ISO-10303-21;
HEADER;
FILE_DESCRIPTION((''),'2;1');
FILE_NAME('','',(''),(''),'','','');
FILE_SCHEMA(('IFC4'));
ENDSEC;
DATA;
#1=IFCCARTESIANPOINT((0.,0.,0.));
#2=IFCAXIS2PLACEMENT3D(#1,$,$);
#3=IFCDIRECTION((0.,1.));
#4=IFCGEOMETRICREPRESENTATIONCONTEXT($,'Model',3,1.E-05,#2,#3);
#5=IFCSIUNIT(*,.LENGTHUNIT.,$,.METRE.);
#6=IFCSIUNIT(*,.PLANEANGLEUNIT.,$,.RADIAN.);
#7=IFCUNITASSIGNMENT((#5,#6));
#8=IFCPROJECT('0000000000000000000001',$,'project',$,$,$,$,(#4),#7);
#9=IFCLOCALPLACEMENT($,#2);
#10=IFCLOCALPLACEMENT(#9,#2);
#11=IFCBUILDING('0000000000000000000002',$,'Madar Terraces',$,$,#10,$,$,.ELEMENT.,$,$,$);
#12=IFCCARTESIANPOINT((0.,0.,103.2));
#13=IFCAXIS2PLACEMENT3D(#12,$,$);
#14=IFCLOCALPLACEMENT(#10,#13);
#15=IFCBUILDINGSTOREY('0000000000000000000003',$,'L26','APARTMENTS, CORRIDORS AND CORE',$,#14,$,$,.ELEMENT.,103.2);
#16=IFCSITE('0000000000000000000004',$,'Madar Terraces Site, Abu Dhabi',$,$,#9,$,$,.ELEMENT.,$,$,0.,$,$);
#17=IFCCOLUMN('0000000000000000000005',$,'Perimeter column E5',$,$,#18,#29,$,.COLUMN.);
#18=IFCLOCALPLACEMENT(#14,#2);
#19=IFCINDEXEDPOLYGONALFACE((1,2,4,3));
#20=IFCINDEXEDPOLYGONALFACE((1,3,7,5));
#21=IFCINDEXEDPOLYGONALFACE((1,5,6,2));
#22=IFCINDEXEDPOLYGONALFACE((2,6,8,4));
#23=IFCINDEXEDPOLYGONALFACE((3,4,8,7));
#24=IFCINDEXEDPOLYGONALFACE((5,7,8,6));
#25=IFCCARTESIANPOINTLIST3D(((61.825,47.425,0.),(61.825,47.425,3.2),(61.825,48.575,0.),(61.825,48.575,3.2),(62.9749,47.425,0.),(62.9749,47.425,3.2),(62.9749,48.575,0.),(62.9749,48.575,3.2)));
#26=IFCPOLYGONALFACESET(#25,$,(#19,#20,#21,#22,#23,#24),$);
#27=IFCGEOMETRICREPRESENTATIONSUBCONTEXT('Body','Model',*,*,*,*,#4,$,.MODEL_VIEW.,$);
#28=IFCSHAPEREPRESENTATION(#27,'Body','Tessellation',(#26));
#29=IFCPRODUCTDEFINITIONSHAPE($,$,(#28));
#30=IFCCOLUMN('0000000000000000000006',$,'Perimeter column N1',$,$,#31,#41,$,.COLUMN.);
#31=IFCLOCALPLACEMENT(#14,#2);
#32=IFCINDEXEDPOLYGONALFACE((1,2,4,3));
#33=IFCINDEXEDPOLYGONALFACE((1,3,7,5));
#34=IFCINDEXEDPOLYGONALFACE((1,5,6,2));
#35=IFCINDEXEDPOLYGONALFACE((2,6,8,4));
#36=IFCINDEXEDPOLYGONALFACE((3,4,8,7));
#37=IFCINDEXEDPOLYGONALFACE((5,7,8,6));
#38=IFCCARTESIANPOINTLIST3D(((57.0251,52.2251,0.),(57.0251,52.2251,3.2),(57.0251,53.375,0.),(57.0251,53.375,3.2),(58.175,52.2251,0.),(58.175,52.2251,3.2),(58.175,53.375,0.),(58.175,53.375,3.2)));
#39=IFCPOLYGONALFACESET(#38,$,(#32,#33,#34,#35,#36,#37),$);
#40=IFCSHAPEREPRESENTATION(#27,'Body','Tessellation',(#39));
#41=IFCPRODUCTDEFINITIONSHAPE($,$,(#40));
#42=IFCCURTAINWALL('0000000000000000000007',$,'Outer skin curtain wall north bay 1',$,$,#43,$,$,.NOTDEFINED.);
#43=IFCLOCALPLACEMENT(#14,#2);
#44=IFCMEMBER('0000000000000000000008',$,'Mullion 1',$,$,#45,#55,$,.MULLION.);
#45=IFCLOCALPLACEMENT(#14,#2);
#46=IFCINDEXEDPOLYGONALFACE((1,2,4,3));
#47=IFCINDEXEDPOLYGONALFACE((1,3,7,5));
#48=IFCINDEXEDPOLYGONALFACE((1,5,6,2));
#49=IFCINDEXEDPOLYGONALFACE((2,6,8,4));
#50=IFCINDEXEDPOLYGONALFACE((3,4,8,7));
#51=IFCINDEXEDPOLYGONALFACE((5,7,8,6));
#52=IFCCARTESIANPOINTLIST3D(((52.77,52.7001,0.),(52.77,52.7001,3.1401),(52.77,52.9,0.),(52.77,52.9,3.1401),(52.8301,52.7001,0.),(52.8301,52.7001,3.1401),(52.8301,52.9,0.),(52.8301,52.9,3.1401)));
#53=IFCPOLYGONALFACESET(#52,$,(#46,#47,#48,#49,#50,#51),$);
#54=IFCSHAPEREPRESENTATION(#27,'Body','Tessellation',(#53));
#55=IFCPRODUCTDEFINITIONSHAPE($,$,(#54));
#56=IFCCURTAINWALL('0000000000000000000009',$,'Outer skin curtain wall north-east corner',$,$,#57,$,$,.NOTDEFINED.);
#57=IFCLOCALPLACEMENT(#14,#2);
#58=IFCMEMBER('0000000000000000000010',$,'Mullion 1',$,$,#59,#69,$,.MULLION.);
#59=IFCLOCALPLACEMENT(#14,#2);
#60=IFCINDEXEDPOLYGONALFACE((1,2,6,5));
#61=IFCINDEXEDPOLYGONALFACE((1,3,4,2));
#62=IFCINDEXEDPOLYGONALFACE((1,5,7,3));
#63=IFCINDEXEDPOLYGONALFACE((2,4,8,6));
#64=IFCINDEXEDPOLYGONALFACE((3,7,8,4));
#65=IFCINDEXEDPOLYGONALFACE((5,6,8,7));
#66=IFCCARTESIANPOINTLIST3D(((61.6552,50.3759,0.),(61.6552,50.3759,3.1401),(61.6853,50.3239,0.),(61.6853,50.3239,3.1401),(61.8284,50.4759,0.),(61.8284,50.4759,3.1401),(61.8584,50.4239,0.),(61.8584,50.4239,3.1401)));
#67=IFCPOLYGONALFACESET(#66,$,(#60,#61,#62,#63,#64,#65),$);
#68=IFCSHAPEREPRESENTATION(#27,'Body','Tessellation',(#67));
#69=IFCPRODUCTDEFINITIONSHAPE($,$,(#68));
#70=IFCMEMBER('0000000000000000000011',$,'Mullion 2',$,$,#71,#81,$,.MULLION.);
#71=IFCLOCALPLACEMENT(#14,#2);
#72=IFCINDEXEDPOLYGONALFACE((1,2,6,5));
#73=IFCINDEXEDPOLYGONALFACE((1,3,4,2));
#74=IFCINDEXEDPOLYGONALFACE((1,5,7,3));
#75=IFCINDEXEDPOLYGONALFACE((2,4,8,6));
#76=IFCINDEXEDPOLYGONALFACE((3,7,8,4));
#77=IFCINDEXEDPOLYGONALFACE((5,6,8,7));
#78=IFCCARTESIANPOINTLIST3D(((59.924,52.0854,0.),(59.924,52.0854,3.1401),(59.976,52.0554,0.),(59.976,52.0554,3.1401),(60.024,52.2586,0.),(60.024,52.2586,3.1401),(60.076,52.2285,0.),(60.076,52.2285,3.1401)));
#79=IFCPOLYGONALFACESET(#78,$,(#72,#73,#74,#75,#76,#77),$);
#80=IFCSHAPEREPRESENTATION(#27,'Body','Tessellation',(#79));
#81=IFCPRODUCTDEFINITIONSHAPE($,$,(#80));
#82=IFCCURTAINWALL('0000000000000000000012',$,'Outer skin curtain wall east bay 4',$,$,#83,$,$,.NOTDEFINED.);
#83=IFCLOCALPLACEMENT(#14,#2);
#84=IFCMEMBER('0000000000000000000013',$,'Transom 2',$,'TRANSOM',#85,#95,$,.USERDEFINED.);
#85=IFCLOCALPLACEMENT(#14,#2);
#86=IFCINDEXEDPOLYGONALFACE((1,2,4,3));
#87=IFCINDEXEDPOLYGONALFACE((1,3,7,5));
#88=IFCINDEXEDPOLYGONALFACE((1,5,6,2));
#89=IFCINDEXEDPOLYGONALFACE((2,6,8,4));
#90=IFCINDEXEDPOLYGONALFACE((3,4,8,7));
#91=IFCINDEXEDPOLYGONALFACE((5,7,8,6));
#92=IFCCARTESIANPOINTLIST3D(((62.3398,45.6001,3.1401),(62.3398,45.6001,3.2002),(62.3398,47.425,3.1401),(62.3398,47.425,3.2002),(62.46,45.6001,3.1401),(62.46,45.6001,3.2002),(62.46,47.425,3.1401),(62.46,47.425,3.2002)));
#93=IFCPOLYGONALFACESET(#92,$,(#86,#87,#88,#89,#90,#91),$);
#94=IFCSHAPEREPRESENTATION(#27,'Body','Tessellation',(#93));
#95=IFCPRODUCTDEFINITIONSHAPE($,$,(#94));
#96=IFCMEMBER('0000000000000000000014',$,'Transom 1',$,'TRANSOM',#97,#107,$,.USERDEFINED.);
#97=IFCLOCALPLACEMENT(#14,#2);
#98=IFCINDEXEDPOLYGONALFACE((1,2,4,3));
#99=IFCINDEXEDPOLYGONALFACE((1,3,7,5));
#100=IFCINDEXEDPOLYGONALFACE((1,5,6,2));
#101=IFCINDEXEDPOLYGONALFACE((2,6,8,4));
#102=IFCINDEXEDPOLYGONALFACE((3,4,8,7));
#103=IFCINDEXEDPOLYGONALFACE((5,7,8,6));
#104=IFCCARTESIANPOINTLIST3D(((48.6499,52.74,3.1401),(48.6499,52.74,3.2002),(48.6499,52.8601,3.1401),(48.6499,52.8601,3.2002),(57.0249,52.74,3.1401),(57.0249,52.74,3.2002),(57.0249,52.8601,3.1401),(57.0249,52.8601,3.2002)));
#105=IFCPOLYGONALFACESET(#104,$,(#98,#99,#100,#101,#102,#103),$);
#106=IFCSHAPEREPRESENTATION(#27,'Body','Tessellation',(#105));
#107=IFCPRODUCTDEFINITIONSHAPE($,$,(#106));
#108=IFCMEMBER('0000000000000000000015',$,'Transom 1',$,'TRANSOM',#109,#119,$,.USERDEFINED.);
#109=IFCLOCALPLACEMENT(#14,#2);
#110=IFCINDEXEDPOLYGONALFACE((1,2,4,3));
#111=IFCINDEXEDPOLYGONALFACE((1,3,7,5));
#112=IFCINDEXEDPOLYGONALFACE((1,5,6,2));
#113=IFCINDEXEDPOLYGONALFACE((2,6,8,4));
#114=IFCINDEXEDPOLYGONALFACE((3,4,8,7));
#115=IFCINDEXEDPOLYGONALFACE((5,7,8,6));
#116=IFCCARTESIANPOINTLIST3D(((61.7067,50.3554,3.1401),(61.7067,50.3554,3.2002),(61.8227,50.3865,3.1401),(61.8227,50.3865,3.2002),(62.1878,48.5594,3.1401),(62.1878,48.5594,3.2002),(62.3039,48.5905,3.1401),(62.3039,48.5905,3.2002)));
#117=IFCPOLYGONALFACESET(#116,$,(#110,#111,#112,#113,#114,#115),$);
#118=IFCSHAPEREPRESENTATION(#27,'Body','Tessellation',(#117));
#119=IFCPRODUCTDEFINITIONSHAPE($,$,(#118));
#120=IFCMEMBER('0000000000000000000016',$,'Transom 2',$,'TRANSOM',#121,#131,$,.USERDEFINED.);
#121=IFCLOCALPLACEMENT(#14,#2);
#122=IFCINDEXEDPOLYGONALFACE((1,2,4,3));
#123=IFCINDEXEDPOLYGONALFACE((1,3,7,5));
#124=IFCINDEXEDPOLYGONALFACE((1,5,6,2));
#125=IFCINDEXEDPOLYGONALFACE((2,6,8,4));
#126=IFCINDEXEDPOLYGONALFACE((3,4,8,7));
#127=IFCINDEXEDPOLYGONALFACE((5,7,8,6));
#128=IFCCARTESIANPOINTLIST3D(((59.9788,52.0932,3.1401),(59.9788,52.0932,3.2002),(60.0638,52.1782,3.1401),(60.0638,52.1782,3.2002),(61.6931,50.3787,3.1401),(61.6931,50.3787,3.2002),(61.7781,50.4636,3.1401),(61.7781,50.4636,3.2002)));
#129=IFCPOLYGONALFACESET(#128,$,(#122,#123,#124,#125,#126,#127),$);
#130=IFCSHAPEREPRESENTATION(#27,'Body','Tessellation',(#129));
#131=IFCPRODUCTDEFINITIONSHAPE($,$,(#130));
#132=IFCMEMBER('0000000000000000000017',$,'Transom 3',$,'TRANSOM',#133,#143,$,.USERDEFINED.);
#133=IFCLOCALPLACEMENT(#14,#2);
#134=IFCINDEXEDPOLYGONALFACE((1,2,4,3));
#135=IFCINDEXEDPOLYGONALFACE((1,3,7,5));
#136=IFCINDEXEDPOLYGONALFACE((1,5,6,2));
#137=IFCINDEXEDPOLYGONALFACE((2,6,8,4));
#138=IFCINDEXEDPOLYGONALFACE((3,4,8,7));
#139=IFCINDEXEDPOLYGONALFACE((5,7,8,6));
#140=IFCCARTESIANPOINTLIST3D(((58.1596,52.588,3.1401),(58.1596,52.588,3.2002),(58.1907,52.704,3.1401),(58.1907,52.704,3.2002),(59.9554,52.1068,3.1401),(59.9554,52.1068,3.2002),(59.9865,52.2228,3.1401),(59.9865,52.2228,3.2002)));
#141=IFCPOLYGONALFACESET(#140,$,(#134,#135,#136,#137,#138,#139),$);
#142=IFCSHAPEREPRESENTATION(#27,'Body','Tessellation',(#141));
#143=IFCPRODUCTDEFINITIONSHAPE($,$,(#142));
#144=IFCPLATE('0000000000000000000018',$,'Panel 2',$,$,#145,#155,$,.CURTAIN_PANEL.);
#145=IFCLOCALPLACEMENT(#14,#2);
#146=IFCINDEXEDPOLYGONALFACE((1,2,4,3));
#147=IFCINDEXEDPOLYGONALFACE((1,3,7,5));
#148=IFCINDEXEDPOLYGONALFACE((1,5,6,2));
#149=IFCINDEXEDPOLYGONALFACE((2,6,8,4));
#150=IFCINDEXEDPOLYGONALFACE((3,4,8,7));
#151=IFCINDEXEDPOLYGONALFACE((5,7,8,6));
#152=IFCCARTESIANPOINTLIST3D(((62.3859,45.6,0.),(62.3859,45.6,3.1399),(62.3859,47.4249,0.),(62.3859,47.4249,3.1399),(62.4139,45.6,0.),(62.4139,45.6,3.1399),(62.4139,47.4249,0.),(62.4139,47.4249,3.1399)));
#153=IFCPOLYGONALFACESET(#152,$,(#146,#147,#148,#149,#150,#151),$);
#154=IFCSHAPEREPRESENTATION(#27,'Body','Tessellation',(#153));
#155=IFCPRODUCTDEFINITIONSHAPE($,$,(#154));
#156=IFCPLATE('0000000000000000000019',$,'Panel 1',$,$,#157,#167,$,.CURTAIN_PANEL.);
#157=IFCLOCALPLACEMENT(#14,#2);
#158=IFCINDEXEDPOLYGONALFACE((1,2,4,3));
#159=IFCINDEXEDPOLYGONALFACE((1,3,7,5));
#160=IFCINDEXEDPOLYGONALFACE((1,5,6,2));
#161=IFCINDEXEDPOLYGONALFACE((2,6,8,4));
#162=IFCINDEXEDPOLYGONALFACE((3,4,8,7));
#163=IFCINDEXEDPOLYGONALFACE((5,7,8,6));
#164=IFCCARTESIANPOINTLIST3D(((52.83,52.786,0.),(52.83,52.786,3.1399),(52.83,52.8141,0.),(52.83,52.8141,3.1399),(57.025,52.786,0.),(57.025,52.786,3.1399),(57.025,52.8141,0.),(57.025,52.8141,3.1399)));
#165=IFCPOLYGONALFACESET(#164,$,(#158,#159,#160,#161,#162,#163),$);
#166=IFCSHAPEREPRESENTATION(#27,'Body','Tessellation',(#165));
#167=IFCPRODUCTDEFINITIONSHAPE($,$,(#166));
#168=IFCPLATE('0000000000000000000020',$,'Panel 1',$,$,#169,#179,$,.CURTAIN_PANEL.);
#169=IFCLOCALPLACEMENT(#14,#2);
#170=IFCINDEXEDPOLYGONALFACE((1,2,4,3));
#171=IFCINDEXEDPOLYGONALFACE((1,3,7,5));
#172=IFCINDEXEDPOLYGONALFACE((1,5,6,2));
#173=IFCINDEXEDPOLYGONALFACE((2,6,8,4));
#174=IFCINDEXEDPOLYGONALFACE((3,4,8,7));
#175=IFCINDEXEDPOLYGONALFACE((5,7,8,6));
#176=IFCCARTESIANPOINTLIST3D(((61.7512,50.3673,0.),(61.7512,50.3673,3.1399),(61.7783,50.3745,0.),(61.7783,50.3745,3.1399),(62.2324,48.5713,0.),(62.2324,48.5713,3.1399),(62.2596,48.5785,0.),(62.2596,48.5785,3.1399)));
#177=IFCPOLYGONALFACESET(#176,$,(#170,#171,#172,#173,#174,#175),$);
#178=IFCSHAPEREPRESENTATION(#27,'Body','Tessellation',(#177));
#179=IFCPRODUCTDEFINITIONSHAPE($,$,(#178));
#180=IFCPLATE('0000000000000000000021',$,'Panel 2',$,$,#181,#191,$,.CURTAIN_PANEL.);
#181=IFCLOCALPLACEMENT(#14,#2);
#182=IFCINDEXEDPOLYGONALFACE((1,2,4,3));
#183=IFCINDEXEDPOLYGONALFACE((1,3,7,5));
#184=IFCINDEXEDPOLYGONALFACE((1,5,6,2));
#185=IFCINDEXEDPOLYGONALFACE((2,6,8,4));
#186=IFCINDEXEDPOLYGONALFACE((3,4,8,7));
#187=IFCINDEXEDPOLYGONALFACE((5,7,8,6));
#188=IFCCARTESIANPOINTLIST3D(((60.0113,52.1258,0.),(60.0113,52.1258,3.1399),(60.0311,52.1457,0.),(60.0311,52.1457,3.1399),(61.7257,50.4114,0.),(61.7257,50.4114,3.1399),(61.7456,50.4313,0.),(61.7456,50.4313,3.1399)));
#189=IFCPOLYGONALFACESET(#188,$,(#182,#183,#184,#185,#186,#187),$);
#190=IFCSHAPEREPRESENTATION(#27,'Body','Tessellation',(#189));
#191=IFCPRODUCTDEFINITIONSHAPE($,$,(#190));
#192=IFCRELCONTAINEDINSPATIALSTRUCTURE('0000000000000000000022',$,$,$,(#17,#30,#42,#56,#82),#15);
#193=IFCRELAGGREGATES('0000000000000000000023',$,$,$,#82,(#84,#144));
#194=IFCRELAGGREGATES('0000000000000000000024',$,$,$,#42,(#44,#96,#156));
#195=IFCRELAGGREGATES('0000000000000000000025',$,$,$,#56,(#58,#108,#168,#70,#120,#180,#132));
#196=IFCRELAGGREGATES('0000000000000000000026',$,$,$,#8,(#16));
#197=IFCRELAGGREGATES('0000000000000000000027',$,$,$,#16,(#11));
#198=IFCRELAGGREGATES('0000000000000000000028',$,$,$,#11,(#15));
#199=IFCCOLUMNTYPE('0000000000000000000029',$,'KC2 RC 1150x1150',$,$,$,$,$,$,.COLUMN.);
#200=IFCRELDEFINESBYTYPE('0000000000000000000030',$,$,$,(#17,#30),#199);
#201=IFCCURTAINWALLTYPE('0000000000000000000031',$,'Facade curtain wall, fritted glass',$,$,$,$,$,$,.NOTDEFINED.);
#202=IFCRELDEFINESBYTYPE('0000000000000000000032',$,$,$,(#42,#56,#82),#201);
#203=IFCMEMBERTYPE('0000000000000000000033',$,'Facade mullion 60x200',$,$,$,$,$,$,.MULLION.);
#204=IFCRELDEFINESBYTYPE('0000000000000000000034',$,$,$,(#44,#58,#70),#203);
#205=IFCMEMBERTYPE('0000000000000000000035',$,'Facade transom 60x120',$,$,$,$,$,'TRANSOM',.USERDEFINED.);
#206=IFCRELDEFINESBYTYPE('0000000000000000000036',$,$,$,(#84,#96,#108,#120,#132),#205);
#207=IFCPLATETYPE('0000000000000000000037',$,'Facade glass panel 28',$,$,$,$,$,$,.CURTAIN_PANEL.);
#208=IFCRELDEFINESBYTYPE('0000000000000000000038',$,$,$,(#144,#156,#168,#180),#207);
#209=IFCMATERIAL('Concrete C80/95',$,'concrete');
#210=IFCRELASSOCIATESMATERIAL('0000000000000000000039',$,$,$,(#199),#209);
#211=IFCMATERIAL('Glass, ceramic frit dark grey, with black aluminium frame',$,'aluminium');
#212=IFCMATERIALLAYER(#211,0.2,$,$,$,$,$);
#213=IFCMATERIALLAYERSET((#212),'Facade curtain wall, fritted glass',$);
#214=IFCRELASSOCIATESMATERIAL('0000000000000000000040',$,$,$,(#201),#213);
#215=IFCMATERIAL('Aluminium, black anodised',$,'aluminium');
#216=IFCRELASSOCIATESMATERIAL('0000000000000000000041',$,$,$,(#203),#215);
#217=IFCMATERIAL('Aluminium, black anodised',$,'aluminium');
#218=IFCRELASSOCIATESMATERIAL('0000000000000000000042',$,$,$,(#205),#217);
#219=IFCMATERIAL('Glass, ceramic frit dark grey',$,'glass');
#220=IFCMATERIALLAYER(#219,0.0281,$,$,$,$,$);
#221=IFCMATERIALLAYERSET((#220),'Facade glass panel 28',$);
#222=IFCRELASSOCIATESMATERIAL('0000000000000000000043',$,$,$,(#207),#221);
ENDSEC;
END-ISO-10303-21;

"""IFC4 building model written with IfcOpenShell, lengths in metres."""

from ifc_helpers import new_model, si_unit, direction, frame, origin, origin_2d, place, context, subcontext, project, spatial, rectangle, extrude, material, layer, layer_set, material_profile, profile_set, type_object, element, aggregate, save


model = new_model("IFC4")

# Units and contexts
model_context = context("Model", 3, precision=1e-05, world=origin(), true_north=direction((0.0, 1.0)))
body_context = subcontext(model_context, "Body", "Model", "MODEL_VIEW")
ifc_project = project(units=[si_unit("LENGTHUNIT", "METRE"), si_unit("PLANEANGLEUNIT", "RADIAN")], contexts=[model_context])

# Site, building, storey
site_placement = place(None, origin())
site = spatial("IfcSite", under=ifc_project, at=site_placement, Name="Madar Terraces Site, Abu Dhabi", CompositionType="ELEMENT", RefElevation=0.0)
building_placement = place(site_placement, origin())
building = spatial("IfcBuilding", under=site, at=building_placement, Name="Madar Terraces", CompositionType="ELEMENT")
storey_placement = place(building_placement, frame((0.0, 0.0, 103.2)))
storey = spatial("IfcBuildingStorey", under=building, at=storey_placement, Name="L26", Description="APARTMENTS, CORRIDORS AND CORE", CompositionType="ELEMENT", Elevation=103.2)

# Columns
ifc_material_1 = material(Name="Concrete C80/95", Category="concrete")
ifc_material_profile_1 = material_profile(ifc_material_1, rectangle(XDim=1.1499, YDim=1.1499, at=origin_2d()), Name="KC2 RC 1150x1150")
ifc_profile_set_1 = profile_set([ifc_material_profile_1], Name="Concrete C80/95")
column_type = type_object("IfcColumnType", Name="KC2 RC 1150x1150", PredefinedType="COLUMN", material=ifc_profile_set_1)
for number, where, z_axis, x_axis, name in (
    (1, (62.3999, 48.0, 0.0), (0.0, 0.0, 1.0), (1.0, 0.0, 0.0), "Perimeter column E5"),
    (2, (57.6001, 52.8, 0.0), (0.0, 0.0, 1.0), (1.0, 0.0, 0.0), "Perimeter column N1"),
):
    element("IfcColumn", number, at=place(storey_placement, frame(where, z_axis=z_axis, x_axis=x_axis)), inside=storey, type_object=column_type, Name=name, PredefinedType="COLUMN", context=body_context, shape_type="SweptSolid", body=[
        extrude(rectangle(XDim=1.1499, YDim=1.1499, at=origin_2d()), origin(), (0.0, 0.0, 1.0), 3.2),
    ])

# Curtain wall, member
ifc_material_2 = material(Name="Glass, ceramic frit dark grey, with black aluminium frame", Category="aluminium")
ifc_layer_1 = layer(ifc_material_2, 0.2)
ifc_layer_set_1 = layer_set([ifc_layer_1], Name="Facade curtain wall, fritted glass")
curtain_wall_type = type_object("IfcCurtainWallType", Name="Facade curtain wall, fritted glass", PredefinedType="NOTDEFINED", material=ifc_layer_set_1)
curtain_wall_1_placement = place(storey_placement, origin())
curtain_wall_1 = element("IfcCurtainWall", 3, at=curtain_wall_1_placement, inside=storey, type_object=curtain_wall_type, Name="Outer skin curtain wall north bay 1", PredefinedType="NOTDEFINED")
ifc_material_3 = material(Name="Aluminium, black anodised", Category="aluminium")
ifc_material_profile_2 = material_profile(ifc_material_3, rectangle(XDim=0.2, YDim=0.0601, at=origin_2d()), Name="Facade mullion 60x200")
ifc_profile_set_2 = profile_set([ifc_material_profile_2], Name="Aluminium, black anodised")
member_type_1 = type_object("IfcMemberType", Name="Facade mullion 60x200", PredefinedType="MULLION", material=ifc_profile_set_2)
member_1_placement = place(storey_placement, frame((52.8, 52.8, 0.0), z_axis=(0.0, 0.0, 1.0), x_axis=(0.0, -1.0, 0.0)))
member_1 = element("IfcMember", 4, at=member_1_placement, type_object=member_type_1, Name="Mullion 1", PredefinedType="MULLION", context=body_context, shape_type="SweptSolid", body=[
    extrude(rectangle(XDim=0.2, YDim=0.0601, at=origin_2d()), origin(), (0.0, 0.0, 1.0), 3.1401),
])

# Curtain wall, members
curtain_wall_2_placement = place(storey_placement, origin())
curtain_wall_2 = element("IfcCurtainWall", 5, at=curtain_wall_2_placement, inside=storey, type_object=curtain_wall_type, Name="Outer skin curtain wall north-east corner", PredefinedType="NOTDEFINED")
member_2_placement = place(storey_placement, frame((61.7568, 50.3999, 0.0), z_axis=(0.0, 0.0, 1.0), x_axis=(-0.866025, -0.5, 0.0)))
member_2 = element("IfcMember", 6, at=member_2_placement, type_object=member_type_1, Name="Mullion 1", PredefinedType="MULLION", context=body_context, shape_type="SweptSolid", body=[
    extrude(rectangle(XDim=0.2, YDim=0.0601, at=origin_2d()), origin(), (0.0, 0.0, 1.0), 3.1401),
])
member_3_placement = place(storey_placement, frame((60.0, 52.157, 0.0), z_axis=(0.0, 0.0, 1.0), x_axis=(-0.5, -0.866025, 0.0)))
member_3 = element("IfcMember", 7, at=member_3_placement, type_object=member_type_1, Name="Mullion 2", PredefinedType="MULLION", context=body_context, shape_type="SweptSolid", body=[
    extrude(rectangle(XDim=0.2, YDim=0.0601, at=origin_2d()), origin(), (0.0, 0.0, 1.0), 3.1401),
])

# Curtain wall, member
curtain_wall_3_placement = place(storey_placement, origin())
curtain_wall_3 = element("IfcCurtainWall", 8, at=curtain_wall_3_placement, inside=storey, type_object=curtain_wall_type, Name="Outer skin curtain wall east bay 4", PredefinedType="NOTDEFINED")
ifc_material_4 = material(Name="Aluminium, black anodised", Category="aluminium")
ifc_material_profile_3 = material_profile(ifc_material_4, rectangle(XDim=0.1201, YDim=0.0601, at=origin_2d()), Name="Facade transom 60x120")
ifc_profile_set_3 = profile_set([ifc_material_profile_3], Name="Aluminium, black anodised")
member_type_2 = type_object("IfcMemberType", Name="Facade transom 60x120", ElementType="TRANSOM", PredefinedType="USERDEFINED", material=ifc_profile_set_3)
member_4_placement = place(storey_placement, frame((62.3999, 45.6001, 3.1702), z_axis=(0.0, 1.0, 0.0), x_axis=(-1.0, 0.0, 0.0)))
member_4 = element("IfcMember", 9, at=member_4_placement, type_object=member_type_2, Name="Transom 2", ObjectType="TRANSOM", PredefinedType="USERDEFINED", context=body_context, shape_type="SweptSolid", body=[
    extrude(rectangle(XDim=0.1201, YDim=0.0601, at=origin_2d()), origin(), (0.0, 0.0, 1.0), 1.825),
])

# Members
member_5_placement = place(storey_placement, frame((57.0249, 52.8, 3.1702), z_axis=(-1.0, 0.0, 0.0), x_axis=(0.0, -1.0, 0.0)))
member_5 = element("IfcMember", 10, at=member_5_placement, type_object=member_type_2, Name="Transom 1", ObjectType="TRANSOM", PredefinedType="USERDEFINED", context=body_context, shape_type="SweptSolid", body=[
    extrude(rectangle(XDim=0.1201, YDim=0.0601, at=origin_2d()), origin(), (0.0, 0.0, 1.0), 8.375),
])
member_6_placement = place(storey_placement, frame((62.2458, 48.575, 3.1702), z_axis=(-0.258782, 0.965936, 0.0), x_axis=(-0.965936, -0.258782, 0.0)))
member_6 = element("IfcMember", 11, at=member_6_placement, type_object=member_type_2, Name="Transom 1", ObjectType="TRANSOM", PredefinedType="USERDEFINED", context=body_context, shape_type="SweptSolid", body=[
    extrude(rectangle(XDim=0.1201, YDim=0.0601, at=origin_2d()), origin(), (0.0, 0.0, 1.0), 1.8594),
])
member_7_placement = place(storey_placement, frame((61.7356, 50.4211, 3.1702), z_axis=(-0.707056, 0.707157, 0.0), x_axis=(-0.707157, -0.707056, 0.0)))
member_7 = element("IfcMember", 12, at=member_7_placement, type_object=member_type_2, Name="Transom 2", ObjectType="TRANSOM", PredefinedType="USERDEFINED", context=body_context, shape_type="SweptSolid", body=[
    extrude(rectangle(XDim=0.1201, YDim=0.0601, at=origin_2d()), origin(), (0.0, 0.0, 1.0), 2.4246),
])
member_8_placement = place(storey_placement, frame((59.9709, 52.1648, 3.1702), z_axis=(-0.965927, 0.258815, 0.0), x_axis=(-0.258815, -0.965927, 0.0)))
member_8 = element("IfcMember", 13, at=member_8_placement, type_object=member_type_2, Name="Transom 3", ObjectType="TRANSOM", PredefinedType="USERDEFINED", context=body_context, shape_type="SweptSolid", body=[
    extrude(rectangle(XDim=0.1201, YDim=0.0601, at=origin_2d()), origin(), (0.0, 0.0, 1.0), 1.8591),
])

# Plates
ifc_material_5 = material(Name="Glass, ceramic frit dark grey", Category="glass")
ifc_layer_2 = layer(ifc_material_5, 0.0281)
ifc_layer_set_2 = layer_set([ifc_layer_2], Name="Facade glass panel 28")
plate_type = type_object("IfcPlateType", Name="Facade glass panel 28", PredefinedType="CURTAIN_PANEL", material=ifc_layer_set_2)
plate_1_placement = place(storey_placement, frame((62.3999, 46.5125, 0.0), z_axis=(0.0, 0.0, 1.0), x_axis=(0.0, 1.0, 0.0)))
plate_1 = element("IfcPlate", 14, at=plate_1_placement, type_object=plate_type, Name="Panel 2", PredefinedType="CURTAIN_PANEL", context=body_context, shape_type="SweptSolid", body=[
    extrude(rectangle(XDim=1.825, YDim=0.0281, at=origin_2d()), origin(), (0.0, 0.0, 1.0), 3.1399),
])
aggregate(curtain_wall_3, [member_4, plate_1])
plate_2_placement = place(storey_placement, frame((54.9275, 52.8, 0.0), z_axis=(0.0, 0.0, 1.0), x_axis=(-1.0, 0.0, 0.0)))
plate_2 = element("IfcPlate", 15, at=plate_2_placement, type_object=plate_type, Name="Panel 1", PredefinedType="CURTAIN_PANEL", context=body_context, shape_type="SweptSolid", body=[
    extrude(rectangle(XDim=4.1951, YDim=0.0281, at=origin_2d()), origin(), (0.0, 0.0, 1.0), 3.1399),
])
aggregate(curtain_wall_1, [member_1, member_5, plate_2])
plate_3_placement = place(storey_placement, frame((62.0054, 49.4729, 0.0), z_axis=(0.0, 0.0, 1.0), x_axis=(-0.258819, 0.965926, 0.0)))
plate_3 = element("IfcPlate", 16, at=plate_3_placement, type_object=plate_type, Name="Panel 1", PredefinedType="CURTAIN_PANEL", context=body_context, shape_type="SweptSolid", body=[
    extrude(rectangle(XDim=1.8594, YDim=0.0281, at=origin_2d()), origin(), (0.0, 0.0, 1.0), 3.1399),
])
plate_4_placement = place(storey_placement, frame((60.8784, 51.2786, 0.0), z_axis=(0.0, 0.0, 1.0), x_axis=(-0.707107, 0.707107, 0.0)))
plate_4 = element("IfcPlate", 17, at=plate_4_placement, type_object=plate_type, Name="Panel 2", PredefinedType="CURTAIN_PANEL", context=body_context, shape_type="SweptSolid", body=[
    extrude(rectangle(XDim=2.4246, YDim=0.0281, at=origin_2d()), origin(), (0.0, 0.0, 1.0), 3.1399),
])
aggregate(curtain_wall_2, [member_2, member_6, plate_3, member_3, member_7, plate_4, member_8])

save(model, "model.ifc")
